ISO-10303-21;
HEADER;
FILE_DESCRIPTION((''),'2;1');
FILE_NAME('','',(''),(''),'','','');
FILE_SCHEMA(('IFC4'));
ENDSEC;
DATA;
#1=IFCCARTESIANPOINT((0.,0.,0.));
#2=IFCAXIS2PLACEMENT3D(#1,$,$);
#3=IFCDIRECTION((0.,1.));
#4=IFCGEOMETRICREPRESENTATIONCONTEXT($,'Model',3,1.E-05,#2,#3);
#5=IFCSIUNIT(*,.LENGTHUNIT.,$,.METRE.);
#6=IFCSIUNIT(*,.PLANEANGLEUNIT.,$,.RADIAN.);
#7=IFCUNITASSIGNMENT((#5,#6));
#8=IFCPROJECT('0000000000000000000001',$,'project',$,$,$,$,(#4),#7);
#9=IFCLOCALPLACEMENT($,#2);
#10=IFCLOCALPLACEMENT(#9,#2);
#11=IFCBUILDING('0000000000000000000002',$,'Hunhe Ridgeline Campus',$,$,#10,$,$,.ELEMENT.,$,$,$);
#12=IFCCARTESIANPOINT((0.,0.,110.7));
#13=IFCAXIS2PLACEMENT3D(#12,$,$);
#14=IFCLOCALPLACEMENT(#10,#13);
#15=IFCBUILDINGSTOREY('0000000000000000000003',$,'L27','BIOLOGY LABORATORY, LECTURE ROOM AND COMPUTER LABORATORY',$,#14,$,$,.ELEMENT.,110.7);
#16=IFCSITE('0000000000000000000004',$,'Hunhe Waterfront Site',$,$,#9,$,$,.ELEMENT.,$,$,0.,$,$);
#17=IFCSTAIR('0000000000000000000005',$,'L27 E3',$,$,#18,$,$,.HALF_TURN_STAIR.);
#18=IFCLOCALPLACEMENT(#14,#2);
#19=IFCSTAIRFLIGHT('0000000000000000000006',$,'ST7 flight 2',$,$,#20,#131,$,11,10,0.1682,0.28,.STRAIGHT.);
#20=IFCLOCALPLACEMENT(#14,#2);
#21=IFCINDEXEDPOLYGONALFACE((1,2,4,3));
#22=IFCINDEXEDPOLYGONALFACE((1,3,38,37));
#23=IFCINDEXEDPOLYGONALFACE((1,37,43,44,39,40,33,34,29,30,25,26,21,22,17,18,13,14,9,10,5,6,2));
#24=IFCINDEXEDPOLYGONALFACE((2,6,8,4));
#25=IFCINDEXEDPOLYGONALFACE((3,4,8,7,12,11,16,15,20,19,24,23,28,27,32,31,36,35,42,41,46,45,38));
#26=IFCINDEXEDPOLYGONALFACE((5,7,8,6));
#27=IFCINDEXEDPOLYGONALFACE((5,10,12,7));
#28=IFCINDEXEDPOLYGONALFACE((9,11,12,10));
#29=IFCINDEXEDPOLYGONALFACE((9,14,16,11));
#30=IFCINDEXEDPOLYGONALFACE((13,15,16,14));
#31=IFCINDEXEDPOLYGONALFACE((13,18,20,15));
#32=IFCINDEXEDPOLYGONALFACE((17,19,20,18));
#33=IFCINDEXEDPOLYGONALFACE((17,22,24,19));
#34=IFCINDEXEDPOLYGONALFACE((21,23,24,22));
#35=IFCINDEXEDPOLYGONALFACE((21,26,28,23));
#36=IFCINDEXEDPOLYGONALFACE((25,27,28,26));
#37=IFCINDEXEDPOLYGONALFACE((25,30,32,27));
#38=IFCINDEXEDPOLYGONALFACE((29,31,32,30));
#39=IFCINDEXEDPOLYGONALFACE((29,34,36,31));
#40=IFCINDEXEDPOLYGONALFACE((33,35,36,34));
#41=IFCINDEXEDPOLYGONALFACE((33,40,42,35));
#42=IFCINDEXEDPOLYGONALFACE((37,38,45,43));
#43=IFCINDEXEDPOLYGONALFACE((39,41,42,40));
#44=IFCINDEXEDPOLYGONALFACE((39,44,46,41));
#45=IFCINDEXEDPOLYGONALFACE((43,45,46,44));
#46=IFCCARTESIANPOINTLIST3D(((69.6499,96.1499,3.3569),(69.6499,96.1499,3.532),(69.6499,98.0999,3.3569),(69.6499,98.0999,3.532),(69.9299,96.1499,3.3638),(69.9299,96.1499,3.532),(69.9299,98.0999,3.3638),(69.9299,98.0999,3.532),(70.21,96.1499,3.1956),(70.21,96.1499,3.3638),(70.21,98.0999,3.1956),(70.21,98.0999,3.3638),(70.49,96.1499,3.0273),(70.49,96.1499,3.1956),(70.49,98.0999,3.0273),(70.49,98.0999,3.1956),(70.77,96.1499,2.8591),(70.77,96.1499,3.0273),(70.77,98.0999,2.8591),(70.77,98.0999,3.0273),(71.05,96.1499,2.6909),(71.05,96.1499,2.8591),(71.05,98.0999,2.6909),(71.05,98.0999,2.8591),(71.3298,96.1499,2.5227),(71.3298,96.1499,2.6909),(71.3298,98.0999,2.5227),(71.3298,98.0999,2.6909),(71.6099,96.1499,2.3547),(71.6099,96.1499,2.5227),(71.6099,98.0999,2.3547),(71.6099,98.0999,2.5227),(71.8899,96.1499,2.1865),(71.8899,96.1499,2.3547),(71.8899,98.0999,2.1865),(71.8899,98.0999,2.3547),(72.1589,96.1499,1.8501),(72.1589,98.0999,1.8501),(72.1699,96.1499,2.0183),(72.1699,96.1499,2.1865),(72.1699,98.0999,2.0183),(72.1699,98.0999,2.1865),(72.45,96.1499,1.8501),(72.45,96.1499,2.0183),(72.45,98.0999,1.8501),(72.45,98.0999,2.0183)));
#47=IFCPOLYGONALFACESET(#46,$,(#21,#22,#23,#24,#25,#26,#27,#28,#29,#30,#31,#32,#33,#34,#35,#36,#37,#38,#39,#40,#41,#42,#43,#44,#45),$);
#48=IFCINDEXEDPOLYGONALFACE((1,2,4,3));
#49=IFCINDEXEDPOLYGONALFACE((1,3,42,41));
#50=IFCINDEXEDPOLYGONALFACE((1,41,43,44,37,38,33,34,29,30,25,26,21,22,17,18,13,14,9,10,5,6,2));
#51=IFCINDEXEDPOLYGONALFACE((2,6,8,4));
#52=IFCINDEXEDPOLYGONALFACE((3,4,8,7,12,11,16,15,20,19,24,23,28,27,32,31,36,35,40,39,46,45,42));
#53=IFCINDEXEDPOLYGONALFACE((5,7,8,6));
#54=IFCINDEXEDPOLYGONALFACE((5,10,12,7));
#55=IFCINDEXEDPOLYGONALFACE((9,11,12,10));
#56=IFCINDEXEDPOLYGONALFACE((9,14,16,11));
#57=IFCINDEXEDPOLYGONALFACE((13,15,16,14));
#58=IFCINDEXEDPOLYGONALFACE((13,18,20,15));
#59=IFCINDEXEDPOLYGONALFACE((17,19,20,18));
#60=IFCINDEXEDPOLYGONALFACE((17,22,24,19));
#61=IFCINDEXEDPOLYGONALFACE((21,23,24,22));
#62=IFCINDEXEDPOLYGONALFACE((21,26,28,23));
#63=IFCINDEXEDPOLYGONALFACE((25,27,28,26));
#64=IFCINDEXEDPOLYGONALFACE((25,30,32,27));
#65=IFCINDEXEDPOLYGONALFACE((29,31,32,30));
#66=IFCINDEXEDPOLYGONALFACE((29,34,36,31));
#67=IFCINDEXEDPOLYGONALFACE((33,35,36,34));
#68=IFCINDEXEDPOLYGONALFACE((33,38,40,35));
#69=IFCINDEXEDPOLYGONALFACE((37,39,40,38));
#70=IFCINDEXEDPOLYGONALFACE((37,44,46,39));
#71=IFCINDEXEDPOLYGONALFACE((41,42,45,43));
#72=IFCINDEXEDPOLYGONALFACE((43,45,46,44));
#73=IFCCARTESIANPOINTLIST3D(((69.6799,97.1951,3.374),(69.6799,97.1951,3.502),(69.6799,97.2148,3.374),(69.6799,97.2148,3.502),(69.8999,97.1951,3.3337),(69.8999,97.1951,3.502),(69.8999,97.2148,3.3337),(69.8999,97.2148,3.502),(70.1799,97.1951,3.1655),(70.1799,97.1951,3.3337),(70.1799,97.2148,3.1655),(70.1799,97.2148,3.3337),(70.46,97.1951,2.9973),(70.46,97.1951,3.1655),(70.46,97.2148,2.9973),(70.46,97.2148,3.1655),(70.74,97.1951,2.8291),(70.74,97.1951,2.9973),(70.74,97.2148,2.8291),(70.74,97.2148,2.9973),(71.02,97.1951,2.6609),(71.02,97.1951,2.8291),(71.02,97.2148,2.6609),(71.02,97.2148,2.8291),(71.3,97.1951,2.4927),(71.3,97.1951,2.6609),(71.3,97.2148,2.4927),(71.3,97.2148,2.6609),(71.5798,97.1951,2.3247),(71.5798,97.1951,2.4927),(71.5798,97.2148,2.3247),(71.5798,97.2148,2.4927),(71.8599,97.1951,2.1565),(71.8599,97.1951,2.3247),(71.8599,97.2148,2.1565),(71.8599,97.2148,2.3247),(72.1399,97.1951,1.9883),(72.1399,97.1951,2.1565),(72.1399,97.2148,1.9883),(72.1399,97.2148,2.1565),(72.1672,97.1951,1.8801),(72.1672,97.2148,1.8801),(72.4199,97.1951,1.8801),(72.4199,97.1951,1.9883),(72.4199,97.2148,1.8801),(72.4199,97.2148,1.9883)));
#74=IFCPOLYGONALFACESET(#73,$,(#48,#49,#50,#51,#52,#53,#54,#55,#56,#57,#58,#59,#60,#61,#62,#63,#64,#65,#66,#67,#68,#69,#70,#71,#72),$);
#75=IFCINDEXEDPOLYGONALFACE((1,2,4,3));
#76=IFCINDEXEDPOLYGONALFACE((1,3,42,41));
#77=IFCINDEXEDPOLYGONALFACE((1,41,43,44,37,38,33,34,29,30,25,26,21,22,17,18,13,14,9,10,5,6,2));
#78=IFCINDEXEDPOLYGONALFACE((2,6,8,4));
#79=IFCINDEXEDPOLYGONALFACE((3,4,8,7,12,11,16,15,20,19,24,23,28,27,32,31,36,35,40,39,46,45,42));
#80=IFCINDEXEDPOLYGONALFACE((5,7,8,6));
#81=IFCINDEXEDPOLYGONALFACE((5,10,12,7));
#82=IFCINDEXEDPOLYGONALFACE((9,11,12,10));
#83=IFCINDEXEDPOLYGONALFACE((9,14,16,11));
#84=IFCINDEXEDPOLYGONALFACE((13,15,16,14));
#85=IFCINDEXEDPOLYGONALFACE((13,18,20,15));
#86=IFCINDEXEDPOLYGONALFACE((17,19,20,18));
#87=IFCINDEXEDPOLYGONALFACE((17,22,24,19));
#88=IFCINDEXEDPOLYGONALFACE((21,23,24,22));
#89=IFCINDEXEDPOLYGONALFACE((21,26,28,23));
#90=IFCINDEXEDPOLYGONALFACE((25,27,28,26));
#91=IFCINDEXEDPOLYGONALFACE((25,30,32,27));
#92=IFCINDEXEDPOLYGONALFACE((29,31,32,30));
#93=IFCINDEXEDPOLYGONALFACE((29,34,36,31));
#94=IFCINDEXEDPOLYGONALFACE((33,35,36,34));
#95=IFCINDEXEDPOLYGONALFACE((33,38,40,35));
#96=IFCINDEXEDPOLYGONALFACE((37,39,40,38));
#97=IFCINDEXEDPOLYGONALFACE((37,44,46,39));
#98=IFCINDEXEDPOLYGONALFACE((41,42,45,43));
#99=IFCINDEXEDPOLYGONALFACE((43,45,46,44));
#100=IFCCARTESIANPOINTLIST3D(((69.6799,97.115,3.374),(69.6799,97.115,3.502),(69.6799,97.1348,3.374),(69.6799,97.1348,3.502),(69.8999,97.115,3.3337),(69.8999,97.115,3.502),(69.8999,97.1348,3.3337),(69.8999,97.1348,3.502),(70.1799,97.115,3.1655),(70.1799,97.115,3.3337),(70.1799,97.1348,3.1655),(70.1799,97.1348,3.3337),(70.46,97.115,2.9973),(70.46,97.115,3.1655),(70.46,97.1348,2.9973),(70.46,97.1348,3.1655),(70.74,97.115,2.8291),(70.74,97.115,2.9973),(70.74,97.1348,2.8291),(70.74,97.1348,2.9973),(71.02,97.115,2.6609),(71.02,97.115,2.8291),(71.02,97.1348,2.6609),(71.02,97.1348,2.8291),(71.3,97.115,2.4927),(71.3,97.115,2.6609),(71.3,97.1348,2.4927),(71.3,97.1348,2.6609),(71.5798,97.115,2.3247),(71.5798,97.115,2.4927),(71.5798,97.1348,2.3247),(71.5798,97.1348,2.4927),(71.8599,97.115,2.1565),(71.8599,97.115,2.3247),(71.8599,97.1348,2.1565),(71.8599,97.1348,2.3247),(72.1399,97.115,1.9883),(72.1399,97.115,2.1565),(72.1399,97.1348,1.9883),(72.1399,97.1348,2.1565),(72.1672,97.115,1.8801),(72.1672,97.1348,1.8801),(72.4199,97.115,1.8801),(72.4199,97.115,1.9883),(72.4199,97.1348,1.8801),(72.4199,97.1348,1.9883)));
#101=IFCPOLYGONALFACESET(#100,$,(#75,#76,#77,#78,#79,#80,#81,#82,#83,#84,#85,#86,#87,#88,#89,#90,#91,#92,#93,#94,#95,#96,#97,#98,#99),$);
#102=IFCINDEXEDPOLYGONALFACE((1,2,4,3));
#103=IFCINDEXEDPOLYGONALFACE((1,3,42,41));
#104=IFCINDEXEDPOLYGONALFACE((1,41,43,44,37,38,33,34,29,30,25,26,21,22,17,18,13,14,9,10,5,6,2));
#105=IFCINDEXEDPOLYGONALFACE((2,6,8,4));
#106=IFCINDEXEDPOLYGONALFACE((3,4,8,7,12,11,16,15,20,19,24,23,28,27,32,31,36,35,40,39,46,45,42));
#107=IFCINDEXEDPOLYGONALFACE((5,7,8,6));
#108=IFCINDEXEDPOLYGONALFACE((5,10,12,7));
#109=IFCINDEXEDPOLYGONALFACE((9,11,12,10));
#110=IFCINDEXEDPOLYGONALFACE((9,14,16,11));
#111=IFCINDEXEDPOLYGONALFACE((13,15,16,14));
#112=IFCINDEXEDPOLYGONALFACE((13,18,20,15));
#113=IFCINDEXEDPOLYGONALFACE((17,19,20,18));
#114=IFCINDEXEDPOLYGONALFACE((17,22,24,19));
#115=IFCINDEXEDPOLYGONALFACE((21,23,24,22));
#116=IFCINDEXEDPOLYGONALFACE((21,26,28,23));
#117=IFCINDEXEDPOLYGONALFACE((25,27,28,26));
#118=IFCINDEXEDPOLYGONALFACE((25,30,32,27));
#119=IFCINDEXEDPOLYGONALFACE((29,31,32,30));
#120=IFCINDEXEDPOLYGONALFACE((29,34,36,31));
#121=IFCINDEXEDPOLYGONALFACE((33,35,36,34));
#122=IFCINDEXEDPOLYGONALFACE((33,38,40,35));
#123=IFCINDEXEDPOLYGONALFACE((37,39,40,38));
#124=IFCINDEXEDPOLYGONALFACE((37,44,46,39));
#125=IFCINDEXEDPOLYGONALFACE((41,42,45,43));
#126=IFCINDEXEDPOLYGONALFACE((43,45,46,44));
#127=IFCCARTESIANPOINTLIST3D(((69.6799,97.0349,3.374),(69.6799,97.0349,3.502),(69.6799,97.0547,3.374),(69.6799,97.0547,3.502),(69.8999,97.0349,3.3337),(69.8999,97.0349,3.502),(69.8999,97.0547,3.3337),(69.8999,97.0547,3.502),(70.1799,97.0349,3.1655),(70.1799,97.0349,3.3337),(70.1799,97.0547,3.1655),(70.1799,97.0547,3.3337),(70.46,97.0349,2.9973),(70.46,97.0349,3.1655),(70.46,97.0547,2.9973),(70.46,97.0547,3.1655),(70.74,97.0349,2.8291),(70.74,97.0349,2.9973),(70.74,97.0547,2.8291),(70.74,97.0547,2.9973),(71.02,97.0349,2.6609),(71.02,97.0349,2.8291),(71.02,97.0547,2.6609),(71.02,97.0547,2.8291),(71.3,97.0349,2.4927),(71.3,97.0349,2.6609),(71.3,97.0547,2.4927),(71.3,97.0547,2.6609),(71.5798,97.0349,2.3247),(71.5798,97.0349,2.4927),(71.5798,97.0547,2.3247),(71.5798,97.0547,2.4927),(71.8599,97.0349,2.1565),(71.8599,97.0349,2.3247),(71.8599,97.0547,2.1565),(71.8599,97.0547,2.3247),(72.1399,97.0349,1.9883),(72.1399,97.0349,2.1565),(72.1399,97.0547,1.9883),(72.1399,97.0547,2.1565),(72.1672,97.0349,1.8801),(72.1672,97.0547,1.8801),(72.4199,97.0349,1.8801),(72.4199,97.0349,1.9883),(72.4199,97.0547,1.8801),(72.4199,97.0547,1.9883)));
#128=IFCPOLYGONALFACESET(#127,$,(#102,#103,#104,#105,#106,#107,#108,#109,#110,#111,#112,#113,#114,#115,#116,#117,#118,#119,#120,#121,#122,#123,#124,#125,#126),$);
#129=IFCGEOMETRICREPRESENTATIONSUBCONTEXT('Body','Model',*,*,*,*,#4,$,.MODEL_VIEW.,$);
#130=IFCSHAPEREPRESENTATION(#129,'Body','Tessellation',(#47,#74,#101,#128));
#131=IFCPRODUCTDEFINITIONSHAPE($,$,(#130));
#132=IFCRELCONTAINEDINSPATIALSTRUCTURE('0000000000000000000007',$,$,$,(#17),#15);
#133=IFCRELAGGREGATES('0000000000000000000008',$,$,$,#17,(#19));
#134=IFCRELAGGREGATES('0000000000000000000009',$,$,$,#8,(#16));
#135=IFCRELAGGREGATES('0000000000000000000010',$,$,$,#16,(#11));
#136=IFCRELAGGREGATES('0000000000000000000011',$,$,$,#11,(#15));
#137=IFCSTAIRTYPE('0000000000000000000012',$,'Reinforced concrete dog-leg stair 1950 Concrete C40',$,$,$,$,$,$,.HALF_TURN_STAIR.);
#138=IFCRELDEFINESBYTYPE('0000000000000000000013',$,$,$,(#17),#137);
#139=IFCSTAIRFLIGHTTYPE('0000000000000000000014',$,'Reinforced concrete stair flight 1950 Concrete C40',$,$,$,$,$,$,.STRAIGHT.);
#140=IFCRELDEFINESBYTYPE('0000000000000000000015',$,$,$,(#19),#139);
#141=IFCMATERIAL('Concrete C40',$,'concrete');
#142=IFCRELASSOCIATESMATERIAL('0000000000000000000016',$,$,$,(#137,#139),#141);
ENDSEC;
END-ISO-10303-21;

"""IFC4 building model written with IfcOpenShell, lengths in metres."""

from ifc_helpers import new_model, si_unit, direction, frame, origin, place, context, subcontext, project, spatial, polyline, outline, extrude, material, type_object, element, aggregate, save


model = new_model("IFC4")

# Units and contexts
model_context = context("Model", 3, precision=1e-05, world=origin(), true_north=direction((0.0, 1.0)))
body_context = subcontext(model_context, "Body", "Model", "MODEL_VIEW")
ifc_project = project(units=[si_unit("LENGTHUNIT", "METRE"), si_unit("PLANEANGLEUNIT", "RADIAN")], contexts=[model_context])

# Site, building, storey
site_placement = place(None, origin())
site = spatial("IfcSite", under=ifc_project, at=site_placement, Name="Hunhe Waterfront Site", CompositionType="ELEMENT", RefElevation=0.0)
building_placement = place(site_placement, origin())
building = spatial("IfcBuilding", under=site, at=building_placement, Name="Hunhe Ridgeline Campus", CompositionType="ELEMENT")
storey_placement = place(building_placement, frame((0.0, 0.0, 110.7)))
storey = spatial("IfcBuildingStorey", under=building, at=storey_placement, Name="L27", Description="BIOLOGY LABORATORY, LECTURE ROOM AND COMPUTER LABORATORY", CompositionType="ELEMENT", Elevation=110.7)

# Stair, stair flight
ifc_material_1 = material(Name="Concrete C40", Category="concrete")
stair_type = type_object("IfcStairType", Name="Reinforced concrete dog-leg stair 1950 Concrete C40", PredefinedType="HALF_TURN_STAIR", material=ifc_material_1)
stair_placement = place(storey_placement, origin())
stair = element("IfcStair", 1, at=stair_placement, inside=storey, type_object=stair_type, Name="L27 E3", PredefinedType="HALF_TURN_STAIR")
stair_flight_type = type_object("IfcStairFlightType", Name="Reinforced concrete stair flight 1950 Concrete C40", PredefinedType="STRAIGHT", material=ifc_material_1)
stair_flight_placement = place(storey_placement, frame((72.45, 97.125, 1.8501), z_axis=(0.0, 0.0, 1.0), x_axis=(-1.0, 0.0, 0.0)))
stair_flight = element("IfcStairFlight", 2, at=stair_flight_placement, type_object=stair_flight_type, Name="ST7 flight 2", NumberOfRisers=11, NumberOfTreads=10, PredefinedType="STRAIGHT", RiserHeight=0.1682, TreadLength=0.28, context=body_context, shape_type="SweptSolid", body=[
    extrude(outline(polyline([(0.0, 0.0), (0.0, 0.1682), (0.28, 0.1682), (0.28, 0.3364), (0.5601, 0.3364), (0.5601, 0.5046), (0.8401, 0.5046), (0.8401, 0.6726), (1.1201, 0.6726), (1.1201, 0.8408), (1.3999, 0.8408), (1.3999, 1.009), (1.6799, 1.009), (1.6799, 1.1772), (1.96, 1.1772), (1.96, 1.3455), (2.24, 1.3455), (2.24, 1.5137), (2.52, 1.5137), (2.52, 1.6819), (2.8, 1.6819), (2.8, 1.8501), (2.8, 1.5068), (0.291, 0.0), (0.0, 0.0)])), frame((0.0, 0.9751, 0.0), z_axis=(0.0, -1.0, 0.0), x_axis=(1.0, 0.0, 0.0)), (0.0, 0.0, 1.0), 1.95),
    extrude(outline(polyline([(0.03, 0.03), (0.03, 0.1382), (0.3101, 0.1382), (0.3101, 0.3064), (0.5901, 0.3064), (0.5901, 0.4746), (0.8701, 0.4746), (0.8701, 0.6426), (1.1499, 0.6426), (1.1499, 0.8108), (1.4299, 0.8108), (1.4299, 0.979), (1.71, 0.979), (1.71, 1.1472), (1.99, 1.1472), (1.99, 1.3154), (2.27, 1.3154), (2.27, 1.4836), (2.55, 1.4836), (2.55, 1.6519), (2.77, 1.6519), (2.77, 1.5239), (0.2827, 0.03), (0.03, 0.03)])), frame((0.0, -0.0701, 0.0), z_axis=(0.0, -1.0, 0.0), x_axis=(1.0, 0.0, 0.0)), (0.0, 0.0, 1.0), 0.0198),
    extrude(outline(polyline([(0.03, 0.03), (0.03, 0.1382), (0.3101, 0.1382), (0.3101, 0.3064), (0.5901, 0.3064), (0.5901, 0.4746), (0.8701, 0.4746), (0.8701, 0.6426), (1.1499, 0.6426), (1.1499, 0.8108), (1.4299, 0.8108), (1.4299, 0.979), (1.71, 0.979), (1.71, 1.1472), (1.99, 1.1472), (1.99, 1.3154), (2.27, 1.3154), (2.27, 1.4836), (2.55, 1.4836), (2.55, 1.6519), (2.77, 1.6519), (2.77, 1.5239), (0.2827, 0.03), (0.03, 0.03)])), frame((0.0, 0.01, 0.0), z_axis=(0.0, -1.0, 0.0), x_axis=(1.0, 0.0, 0.0)), (0.0, 0.0, 1.0), 0.0198),
    extrude(outline(polyline([(0.03, 0.03), (0.03, 0.1382), (0.3101, 0.1382), (0.3101, 0.3064), (0.5901, 0.3064), (0.5901, 0.4746), (0.8701, 0.4746), (0.8701, 0.6426), (1.1499, 0.6426), (1.1499, 0.8108), (1.4299, 0.8108), (1.4299, 0.979), (1.71, 0.979), (1.71, 1.1472), (1.99, 1.1472), (1.99, 1.3154), (2.27, 1.3154), (2.27, 1.4836), (2.55, 1.4836), (2.55, 1.6519), (2.77, 1.6519), (2.77, 1.5239), (0.2827, 0.03), (0.03, 0.03)])), frame((0.0, 0.0901, 0.0), z_axis=(0.0, -1.0, 0.0), x_axis=(1.0, 0.0, 0.0)), (0.0, 0.0, 1.0), 0.0198),
])
aggregate(stair, [stair_flight])

save(model, "model.ifc")
